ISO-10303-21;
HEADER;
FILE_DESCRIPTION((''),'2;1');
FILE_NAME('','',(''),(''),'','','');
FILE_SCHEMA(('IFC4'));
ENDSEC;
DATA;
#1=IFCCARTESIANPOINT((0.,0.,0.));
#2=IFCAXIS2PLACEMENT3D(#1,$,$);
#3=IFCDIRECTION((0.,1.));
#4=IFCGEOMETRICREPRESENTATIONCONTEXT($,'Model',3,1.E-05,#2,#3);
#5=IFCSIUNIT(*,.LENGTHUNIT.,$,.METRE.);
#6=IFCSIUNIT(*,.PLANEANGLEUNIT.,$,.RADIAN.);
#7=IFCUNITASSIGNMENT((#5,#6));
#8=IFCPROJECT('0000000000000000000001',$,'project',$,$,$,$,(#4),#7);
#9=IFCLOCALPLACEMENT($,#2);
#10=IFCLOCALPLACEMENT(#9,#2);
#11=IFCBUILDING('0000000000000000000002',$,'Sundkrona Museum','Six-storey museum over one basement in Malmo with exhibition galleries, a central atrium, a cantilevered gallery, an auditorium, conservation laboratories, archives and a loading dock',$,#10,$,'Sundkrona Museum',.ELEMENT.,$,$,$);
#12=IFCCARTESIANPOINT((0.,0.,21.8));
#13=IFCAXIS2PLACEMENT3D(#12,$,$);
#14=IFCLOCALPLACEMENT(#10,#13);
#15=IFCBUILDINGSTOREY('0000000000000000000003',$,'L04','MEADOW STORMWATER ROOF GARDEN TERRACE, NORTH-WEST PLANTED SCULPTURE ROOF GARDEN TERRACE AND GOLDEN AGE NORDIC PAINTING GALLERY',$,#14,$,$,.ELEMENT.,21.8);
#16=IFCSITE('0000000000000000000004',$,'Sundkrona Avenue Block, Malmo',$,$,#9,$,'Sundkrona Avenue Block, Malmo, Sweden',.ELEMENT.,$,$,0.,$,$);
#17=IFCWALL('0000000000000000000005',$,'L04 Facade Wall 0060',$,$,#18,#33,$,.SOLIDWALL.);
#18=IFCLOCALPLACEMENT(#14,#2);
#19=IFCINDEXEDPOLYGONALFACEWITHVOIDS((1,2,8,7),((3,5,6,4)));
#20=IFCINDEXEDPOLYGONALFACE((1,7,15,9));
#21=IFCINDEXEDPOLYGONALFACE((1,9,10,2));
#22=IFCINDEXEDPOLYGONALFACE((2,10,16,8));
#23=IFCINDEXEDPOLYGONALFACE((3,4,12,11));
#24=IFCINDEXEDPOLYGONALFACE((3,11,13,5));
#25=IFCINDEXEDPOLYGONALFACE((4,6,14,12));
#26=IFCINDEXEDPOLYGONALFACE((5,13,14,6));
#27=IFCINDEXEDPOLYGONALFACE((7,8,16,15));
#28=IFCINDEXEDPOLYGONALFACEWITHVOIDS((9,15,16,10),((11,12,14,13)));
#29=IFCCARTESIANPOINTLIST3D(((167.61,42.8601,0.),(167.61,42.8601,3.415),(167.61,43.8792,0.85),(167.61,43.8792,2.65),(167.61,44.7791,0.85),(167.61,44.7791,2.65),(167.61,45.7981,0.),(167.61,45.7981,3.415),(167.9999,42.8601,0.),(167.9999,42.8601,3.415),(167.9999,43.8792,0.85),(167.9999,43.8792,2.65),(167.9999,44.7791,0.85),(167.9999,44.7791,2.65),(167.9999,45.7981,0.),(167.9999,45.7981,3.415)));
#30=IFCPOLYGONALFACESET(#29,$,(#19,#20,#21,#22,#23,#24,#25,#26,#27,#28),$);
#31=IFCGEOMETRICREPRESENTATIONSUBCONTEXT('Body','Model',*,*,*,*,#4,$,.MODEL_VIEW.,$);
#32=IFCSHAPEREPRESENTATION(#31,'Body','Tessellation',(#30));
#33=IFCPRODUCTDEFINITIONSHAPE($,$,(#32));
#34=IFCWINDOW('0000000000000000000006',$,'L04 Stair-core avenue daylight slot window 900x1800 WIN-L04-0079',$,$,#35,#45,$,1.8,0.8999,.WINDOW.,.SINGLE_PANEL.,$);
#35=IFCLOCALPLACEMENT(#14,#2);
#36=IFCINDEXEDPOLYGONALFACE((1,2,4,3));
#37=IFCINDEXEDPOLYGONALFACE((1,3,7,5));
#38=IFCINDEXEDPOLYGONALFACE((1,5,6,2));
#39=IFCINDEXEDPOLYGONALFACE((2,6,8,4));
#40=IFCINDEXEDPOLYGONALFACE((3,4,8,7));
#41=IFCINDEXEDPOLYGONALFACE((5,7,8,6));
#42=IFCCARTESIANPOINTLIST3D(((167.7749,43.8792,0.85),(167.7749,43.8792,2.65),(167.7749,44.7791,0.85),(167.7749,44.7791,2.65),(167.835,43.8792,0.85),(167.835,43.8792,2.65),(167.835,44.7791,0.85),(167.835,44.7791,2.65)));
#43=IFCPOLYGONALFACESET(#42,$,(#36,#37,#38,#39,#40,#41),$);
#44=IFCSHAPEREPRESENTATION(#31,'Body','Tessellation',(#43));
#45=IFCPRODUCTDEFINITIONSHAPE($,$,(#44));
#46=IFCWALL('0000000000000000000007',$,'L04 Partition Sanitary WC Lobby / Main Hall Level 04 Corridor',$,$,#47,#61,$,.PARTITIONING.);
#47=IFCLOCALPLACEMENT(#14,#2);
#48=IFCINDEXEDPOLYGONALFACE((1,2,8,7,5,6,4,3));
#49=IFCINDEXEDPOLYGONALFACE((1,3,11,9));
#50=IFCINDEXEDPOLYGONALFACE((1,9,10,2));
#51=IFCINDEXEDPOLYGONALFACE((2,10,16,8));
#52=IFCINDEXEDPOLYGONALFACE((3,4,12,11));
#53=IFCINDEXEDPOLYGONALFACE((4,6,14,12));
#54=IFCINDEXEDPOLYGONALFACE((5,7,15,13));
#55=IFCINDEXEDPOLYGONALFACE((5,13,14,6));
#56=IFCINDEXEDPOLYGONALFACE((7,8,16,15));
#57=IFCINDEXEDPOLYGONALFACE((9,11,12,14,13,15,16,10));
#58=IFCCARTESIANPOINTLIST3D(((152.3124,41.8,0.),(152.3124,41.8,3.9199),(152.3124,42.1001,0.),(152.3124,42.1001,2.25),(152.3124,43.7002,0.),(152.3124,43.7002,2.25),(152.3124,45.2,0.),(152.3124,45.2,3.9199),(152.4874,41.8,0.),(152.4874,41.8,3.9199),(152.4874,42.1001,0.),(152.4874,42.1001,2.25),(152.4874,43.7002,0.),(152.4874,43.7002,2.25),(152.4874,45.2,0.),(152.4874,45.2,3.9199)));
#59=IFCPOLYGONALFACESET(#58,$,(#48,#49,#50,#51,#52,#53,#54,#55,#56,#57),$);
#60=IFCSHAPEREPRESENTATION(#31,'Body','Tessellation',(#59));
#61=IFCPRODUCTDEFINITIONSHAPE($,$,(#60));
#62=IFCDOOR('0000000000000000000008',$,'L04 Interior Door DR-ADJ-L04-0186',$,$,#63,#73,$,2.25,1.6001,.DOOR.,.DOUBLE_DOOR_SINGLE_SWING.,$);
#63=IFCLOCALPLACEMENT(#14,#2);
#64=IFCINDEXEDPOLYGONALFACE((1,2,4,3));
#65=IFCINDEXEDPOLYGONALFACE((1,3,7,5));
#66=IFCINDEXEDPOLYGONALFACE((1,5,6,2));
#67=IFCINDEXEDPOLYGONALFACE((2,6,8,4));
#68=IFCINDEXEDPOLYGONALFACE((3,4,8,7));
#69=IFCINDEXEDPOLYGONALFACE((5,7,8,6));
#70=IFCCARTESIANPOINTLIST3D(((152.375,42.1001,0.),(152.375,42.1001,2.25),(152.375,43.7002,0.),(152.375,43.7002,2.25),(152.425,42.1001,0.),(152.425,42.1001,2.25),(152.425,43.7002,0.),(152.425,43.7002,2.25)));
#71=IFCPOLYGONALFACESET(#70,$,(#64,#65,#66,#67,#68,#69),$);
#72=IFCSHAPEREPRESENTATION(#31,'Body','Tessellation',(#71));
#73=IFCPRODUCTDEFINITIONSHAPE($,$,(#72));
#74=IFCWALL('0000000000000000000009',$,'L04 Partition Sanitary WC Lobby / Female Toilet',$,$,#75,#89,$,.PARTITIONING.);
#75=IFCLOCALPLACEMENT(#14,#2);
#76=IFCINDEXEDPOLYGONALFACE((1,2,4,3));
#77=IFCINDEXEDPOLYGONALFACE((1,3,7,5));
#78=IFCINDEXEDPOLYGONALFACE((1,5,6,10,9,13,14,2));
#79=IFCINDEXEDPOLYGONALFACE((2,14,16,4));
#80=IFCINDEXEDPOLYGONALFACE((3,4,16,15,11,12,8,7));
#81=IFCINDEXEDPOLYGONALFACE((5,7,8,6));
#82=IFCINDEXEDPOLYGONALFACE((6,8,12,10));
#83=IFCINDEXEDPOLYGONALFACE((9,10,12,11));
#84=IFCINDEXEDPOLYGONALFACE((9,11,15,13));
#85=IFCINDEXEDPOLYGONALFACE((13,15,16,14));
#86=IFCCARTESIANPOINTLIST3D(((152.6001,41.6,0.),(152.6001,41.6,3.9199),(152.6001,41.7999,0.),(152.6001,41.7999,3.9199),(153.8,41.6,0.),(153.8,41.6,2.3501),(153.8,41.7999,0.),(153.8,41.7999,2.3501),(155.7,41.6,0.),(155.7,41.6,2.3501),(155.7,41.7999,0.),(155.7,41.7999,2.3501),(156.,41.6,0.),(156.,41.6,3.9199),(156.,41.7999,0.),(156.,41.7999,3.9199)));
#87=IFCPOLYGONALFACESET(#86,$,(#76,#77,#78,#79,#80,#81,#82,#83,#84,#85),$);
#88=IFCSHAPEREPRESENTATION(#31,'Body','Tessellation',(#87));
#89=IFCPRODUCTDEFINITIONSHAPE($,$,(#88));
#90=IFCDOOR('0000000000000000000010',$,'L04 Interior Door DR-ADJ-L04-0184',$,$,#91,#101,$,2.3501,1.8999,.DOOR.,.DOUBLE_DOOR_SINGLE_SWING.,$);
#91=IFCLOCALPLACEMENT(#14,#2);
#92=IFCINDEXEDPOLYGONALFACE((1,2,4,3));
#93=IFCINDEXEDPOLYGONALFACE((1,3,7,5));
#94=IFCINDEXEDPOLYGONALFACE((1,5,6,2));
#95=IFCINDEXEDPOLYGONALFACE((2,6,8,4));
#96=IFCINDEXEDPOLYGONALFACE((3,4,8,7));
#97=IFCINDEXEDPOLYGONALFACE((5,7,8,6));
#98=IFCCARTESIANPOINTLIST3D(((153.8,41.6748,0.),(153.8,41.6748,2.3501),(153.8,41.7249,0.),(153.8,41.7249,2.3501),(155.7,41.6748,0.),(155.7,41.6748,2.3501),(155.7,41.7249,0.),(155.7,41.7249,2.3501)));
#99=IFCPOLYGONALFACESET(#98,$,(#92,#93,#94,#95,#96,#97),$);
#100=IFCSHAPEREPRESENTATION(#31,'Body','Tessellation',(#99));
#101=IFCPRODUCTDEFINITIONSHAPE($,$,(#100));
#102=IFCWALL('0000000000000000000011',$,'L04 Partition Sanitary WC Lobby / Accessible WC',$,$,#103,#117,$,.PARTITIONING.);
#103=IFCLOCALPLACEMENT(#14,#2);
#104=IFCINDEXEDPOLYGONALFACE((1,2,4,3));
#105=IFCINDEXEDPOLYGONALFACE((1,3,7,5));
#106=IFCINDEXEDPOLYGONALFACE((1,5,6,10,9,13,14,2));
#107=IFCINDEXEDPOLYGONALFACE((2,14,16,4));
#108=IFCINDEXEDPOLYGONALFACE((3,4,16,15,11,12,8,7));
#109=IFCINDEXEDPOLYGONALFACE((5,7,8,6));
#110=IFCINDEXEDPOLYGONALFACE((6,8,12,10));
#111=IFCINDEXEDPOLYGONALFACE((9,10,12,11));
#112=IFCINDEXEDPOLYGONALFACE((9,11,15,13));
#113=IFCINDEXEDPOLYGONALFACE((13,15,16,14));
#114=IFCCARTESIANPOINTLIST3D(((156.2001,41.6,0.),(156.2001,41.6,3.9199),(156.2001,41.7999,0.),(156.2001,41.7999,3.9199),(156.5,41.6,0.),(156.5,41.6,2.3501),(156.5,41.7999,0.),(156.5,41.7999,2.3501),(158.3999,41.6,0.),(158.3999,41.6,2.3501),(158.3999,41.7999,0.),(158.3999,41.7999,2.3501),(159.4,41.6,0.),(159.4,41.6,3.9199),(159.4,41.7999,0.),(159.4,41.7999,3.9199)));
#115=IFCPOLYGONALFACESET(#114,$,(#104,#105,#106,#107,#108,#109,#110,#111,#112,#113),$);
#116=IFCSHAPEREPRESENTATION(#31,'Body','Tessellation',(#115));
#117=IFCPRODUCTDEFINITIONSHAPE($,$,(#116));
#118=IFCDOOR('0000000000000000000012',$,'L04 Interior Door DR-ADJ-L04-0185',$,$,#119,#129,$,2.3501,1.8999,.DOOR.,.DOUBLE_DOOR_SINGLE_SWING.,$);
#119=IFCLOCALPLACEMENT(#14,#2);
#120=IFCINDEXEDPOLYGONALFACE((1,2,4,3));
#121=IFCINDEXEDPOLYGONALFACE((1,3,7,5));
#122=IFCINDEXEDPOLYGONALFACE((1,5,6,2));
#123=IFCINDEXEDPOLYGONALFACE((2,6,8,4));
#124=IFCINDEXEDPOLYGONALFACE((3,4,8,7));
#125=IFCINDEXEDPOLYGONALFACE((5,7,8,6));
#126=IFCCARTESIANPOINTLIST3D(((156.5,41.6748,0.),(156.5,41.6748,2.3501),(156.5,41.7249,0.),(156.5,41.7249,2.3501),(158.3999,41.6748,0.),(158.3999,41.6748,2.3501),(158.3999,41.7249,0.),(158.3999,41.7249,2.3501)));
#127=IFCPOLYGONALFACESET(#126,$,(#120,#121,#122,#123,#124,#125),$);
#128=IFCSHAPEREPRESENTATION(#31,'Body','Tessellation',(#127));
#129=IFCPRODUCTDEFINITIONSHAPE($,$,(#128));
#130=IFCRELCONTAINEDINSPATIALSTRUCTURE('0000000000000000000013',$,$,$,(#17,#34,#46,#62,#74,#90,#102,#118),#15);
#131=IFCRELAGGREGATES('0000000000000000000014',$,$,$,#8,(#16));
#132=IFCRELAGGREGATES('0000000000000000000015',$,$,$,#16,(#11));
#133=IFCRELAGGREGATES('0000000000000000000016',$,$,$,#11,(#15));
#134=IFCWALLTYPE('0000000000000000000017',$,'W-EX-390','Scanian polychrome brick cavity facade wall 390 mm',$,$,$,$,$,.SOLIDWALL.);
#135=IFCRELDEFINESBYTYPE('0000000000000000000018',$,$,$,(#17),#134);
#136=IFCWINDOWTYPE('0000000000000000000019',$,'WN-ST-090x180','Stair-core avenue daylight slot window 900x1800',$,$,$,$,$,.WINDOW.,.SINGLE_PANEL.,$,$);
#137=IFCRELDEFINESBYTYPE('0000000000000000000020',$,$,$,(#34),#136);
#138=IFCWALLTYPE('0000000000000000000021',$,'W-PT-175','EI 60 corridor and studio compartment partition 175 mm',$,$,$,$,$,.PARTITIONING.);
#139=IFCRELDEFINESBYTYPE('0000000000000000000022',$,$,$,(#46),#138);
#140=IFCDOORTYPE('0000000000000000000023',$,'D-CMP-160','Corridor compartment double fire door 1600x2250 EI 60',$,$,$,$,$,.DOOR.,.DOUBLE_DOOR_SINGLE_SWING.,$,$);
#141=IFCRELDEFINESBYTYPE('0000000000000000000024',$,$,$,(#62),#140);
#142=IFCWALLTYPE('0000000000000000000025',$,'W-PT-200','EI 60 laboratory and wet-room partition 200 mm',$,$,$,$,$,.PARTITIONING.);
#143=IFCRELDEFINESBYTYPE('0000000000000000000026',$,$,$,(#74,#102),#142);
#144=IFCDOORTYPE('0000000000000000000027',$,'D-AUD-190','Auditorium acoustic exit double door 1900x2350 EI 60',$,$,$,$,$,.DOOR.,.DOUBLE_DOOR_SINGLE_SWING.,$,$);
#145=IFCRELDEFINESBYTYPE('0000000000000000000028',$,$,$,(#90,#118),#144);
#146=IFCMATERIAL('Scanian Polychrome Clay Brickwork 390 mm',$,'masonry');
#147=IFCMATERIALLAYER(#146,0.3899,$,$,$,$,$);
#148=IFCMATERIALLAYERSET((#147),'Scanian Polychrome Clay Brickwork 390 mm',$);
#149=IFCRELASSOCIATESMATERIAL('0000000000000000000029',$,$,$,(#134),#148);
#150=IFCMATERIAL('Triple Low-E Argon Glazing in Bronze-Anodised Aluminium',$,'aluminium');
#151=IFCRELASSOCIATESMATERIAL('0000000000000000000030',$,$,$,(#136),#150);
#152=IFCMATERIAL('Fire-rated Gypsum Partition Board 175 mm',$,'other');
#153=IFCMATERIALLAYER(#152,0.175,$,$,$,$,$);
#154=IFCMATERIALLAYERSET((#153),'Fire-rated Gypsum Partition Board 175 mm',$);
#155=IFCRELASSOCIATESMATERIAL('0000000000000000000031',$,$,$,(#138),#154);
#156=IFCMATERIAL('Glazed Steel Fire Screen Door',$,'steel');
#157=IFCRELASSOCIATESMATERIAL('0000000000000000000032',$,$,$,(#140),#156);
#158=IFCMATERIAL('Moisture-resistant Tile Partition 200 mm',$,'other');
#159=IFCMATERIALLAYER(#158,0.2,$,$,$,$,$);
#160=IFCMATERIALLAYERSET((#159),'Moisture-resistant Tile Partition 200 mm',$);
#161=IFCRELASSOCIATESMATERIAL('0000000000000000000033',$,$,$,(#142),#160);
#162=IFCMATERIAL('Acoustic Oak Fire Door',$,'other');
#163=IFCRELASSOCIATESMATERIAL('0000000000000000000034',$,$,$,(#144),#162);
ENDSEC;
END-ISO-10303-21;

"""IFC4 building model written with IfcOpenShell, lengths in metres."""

from ifc_helpers import new_model, si_unit, direction, frame, frame_2d, origin, place, context, subcontext, project, spatial, rectangle, extrude, material, layer, layer_set, type_object, element, fill, save


model = new_model("IFC4")

# Units and contexts
model_context = context("Model", 3, precision=1e-05, world=origin(), true_north=direction((0.0, 1.0)))
body_context = subcontext(model_context, "Body", "Model", "MODEL_VIEW")
ifc_project = project(units=[si_unit("LENGTHUNIT", "METRE"), si_unit("PLANEANGLEUNIT", "RADIAN")], contexts=[model_context])

# Site, building, storey
site_placement = place(None, origin())
site = spatial("IfcSite", under=ifc_project, at=site_placement, Name="Sundkrona Avenue Block, Malmo", LongName="Sundkrona Avenue Block, Malmo, Sweden", CompositionType="ELEMENT", RefElevation=0.0)
building_placement = place(site_placement, origin())
building = spatial("IfcBuilding", under=site, at=building_placement, Name="Sundkrona Museum", Description="Six-storey museum over one basement in Malmo with exhibition galleries, a central atrium, a cantilevered gallery, an auditorium, conservation laboratories, archives and a loading dock", LongName="Sundkrona Museum", CompositionType="ELEMENT")
storey_placement = place(building_placement, frame((0.0, 0.0, 21.8)))
storey = spatial("IfcBuildingStorey", under=building, at=storey_placement, Name="L04", Description="MEADOW STORMWATER ROOF GARDEN TERRACE, NORTH-WEST PLANTED SCULPTURE ROOF GARDEN TERRACE AND GOLDEN AGE NORDIC PAINTING GALLERY", CompositionType="ELEMENT", Elevation=21.8)

# Wall, opening, window
ifc_material_1 = material(Name="Scanian Polychrome Clay Brickwork 390 mm", Category="masonry")
ifc_layer_1 = layer(ifc_material_1, 0.3899)
ifc_layer_set_1 = layer_set([ifc_layer_1], Name="Scanian Polychrome Clay Brickwork 390 mm")
wall_type_1 = type_object("IfcWallType", Name="W-EX-390", Description="Scanian polychrome brick cavity facade wall 390 mm", PredefinedType="SOLIDWALL", material=ifc_layer_set_1)
wall_1_placement = place(storey_placement, frame((167.8049, 45.7981, 0.0), z_axis=(0.0, 0.0, 1.0), x_axis=(0.0, -1.0, 0.0)))
wall_1 = element("IfcWall", 1, at=wall_1_placement, inside=storey, type_object=wall_type_1, Name="L04 Facade Wall 0060", PredefinedType="SOLIDWALL", context=body_context, shape_type="SweptSolid", body=[
    extrude(rectangle(XDim=2.938, YDim=0.3899, at=frame_2d((1.469, 0.0))), origin(), (0.0, 0.0, 1.0), 3.415),
])
opening_1_placement = place(wall_1_placement, frame((1.019, 0.0, 0.8501)))
opening_1 = element("IfcOpeningElement", 2, at=opening_1_placement, cuts=wall_1, PredefinedType="OPENING", context=body_context, shape_type="SweptSolid", body=[
    extrude(rectangle(XDim=0.8999, YDim=1.8, at=frame_2d((0.45, 0.8999))), frame((0.0, 0.2048, 0.0), z_axis=(0.0, -1.0, 0.0), x_axis=(1.0, 0.0, 0.0)), (0.0, 0.0, 1.0), 0.4099),
])
ifc_material_2 = material(Name="Triple Low-E Argon Glazing in Bronze-Anodised Aluminium", Category="aluminium")
window_type_1 = type_object("IfcWindowType", Name="WN-ST-090x180", Description="Stair-core avenue daylight slot window 900x1800", PartitioningType="SINGLE_PANEL", PredefinedType="WINDOW", material=ifc_material_2)
window_1_placement = place(opening_1_placement, origin())
window_1 = element("IfcWindow", 3, at=window_1_placement, inside=storey, type_object=window_type_1, Name="L04 Stair-core avenue daylight slot window 900x1800 WIN-L04-0079", OverallHeight=1.8, OverallWidth=0.8999, PartitioningType="SINGLE_PANEL", PredefinedType="WINDOW", context=body_context, shape_type="SweptSolid", body=[
    extrude(rectangle(XDim=0.8999, YDim=1.8, at=frame_2d((0.45, 0.8999))), frame((0.0, 0.03, 0.0), z_axis=(0.0, -1.0, 0.0), x_axis=(1.0, 0.0, 0.0)), (0.0, 0.0, 1.0), 0.0601),
])
fill(opening_1, window_1)

# Walls, openings, doors
ifc_material_3 = material(Name="Fire-rated Gypsum Partition Board 175 mm", Category="other")
ifc_layer_2 = layer(ifc_material_3, 0.175)
ifc_layer_set_2 = layer_set([ifc_layer_2], Name="Fire-rated Gypsum Partition Board 175 mm")
wall_type_2 = type_object("IfcWallType", Name="W-PT-175", Description="EI 60 corridor and studio compartment partition 175 mm", PredefinedType="PARTITIONING", material=ifc_layer_set_2)
wall_2_placement = place(storey_placement, frame((152.3999, 41.8, 0.0), z_axis=(0.0, 0.0, 1.0), x_axis=(0.0, 1.0, 0.0)))
wall_2 = element("IfcWall", 4, at=wall_2_placement, inside=storey, type_object=wall_type_2, Name="L04 Partition Sanitary WC Lobby / Main Hall Level 04 Corridor", PredefinedType="PARTITIONING", context=body_context, shape_type="SweptSolid", body=[
    extrude(rectangle(XDim=3.3999, YDim=0.175, at=frame_2d((1.7, 0.0))), origin(), (0.0, 0.0, 1.0), 3.9199),
])
opening_2_placement = place(wall_2_placement, frame((0.3, 0.0, 0.0)))
opening_2 = element("IfcOpeningElement", 5, at=opening_2_placement, cuts=wall_2, PredefinedType="OPENING", context=body_context, shape_type="SweptSolid", body=[
    extrude(rectangle(XDim=1.6001, YDim=2.25, at=frame_2d((0.8, 1.125))), frame((0.0, 0.0974, 0.0), z_axis=(0.0, -1.0, 0.0), x_axis=(1.0, 0.0, 0.0)), (0.0, 0.0, 1.0), 0.1951),
])
ifc_material_4 = material(Name="Glazed Steel Fire Screen Door", Category="steel")
door_type_1 = type_object("IfcDoorType", Name="D-CMP-160", Description="Corridor compartment double fire door 1600x2250 EI 60", OperationType="DOUBLE_DOOR_SINGLE_SWING", PredefinedType="DOOR", material=ifc_material_4)
door_1_placement = place(opening_2_placement, origin())
door_1 = element("IfcDoor", 6, at=door_1_placement, inside=storey, type_object=door_type_1, Name="L04 Interior Door DR-ADJ-L04-0186", OperationType="DOUBLE_DOOR_SINGLE_SWING", OverallHeight=2.25, OverallWidth=1.6001, PredefinedType="DOOR", context=body_context, shape_type="SweptSolid", body=[
    extrude(rectangle(XDim=1.6001, YDim=2.25, at=frame_2d((0.8, 1.125))), frame((0.0, 0.0249, 0.0), z_axis=(0.0, -1.0, 0.0), x_axis=(1.0, 0.0, 0.0)), (0.0, 0.0, 1.0), 0.05),
])
fill(opening_2, door_1)
ifc_material_5 = material(Name="Moisture-resistant Tile Partition 200 mm", Category="other")
ifc_layer_3 = layer(ifc_material_5, 0.2)
ifc_layer_set_3 = layer_set([ifc_layer_3], Name="Moisture-resistant Tile Partition 200 mm")
wall_type_3 = type_object("IfcWallType", Name="W-PT-200", Description="EI 60 laboratory and wet-room partition 200 mm", PredefinedType="PARTITIONING", material=ifc_layer_set_3)
wall_3_placement = place(storey_placement, frame((152.6001, 41.7, 0.0), z_axis=(0.0, 0.0, 1.0), x_axis=(1.0, 0.0, 0.0)))
wall_3 = element("IfcWall", 7, at=wall_3_placement, inside=storey, type_object=wall_type_3, Name="L04 Partition Sanitary WC Lobby / Female Toilet", PredefinedType="PARTITIONING", context=body_context, shape_type="SweptSolid", body=[
    extrude(rectangle(XDim=3.3999, YDim=0.2, at=frame_2d((1.7, 0.0))), origin(), (0.0, 0.0, 1.0), 3.9199),
])
opening_3_placement = place(wall_3_placement, frame((1.2, 0.0, 0.0)))
opening_3 = element("IfcOpeningElement", 8, at=opening_3_placement, cuts=wall_3, PredefinedType="OPENING", context=body_context, shape_type="SweptSolid", body=[
    extrude(rectangle(XDim=1.8999, YDim=2.3501, at=frame_2d((0.95, 1.175))), frame((0.0, 0.1099, 0.0), z_axis=(0.0, -1.0, 0.0), x_axis=(1.0, 0.0, 0.0)), (0.0, 0.0, 1.0), 0.22),
])
ifc_material_6 = material(Name="Acoustic Oak Fire Door", Category="other")
door_type_2 = type_object("IfcDoorType", Name="D-AUD-190", Description="Auditorium acoustic exit double door 1900x2350 EI 60", OperationType="DOUBLE_DOOR_SINGLE_SWING", PredefinedType="DOOR", material=ifc_material_6)
door_2_placement = place(opening_3_placement, origin())
door_2 = element("IfcDoor", 9, at=door_2_placement, inside=storey, type_object=door_type_2, Name="L04 Interior Door DR-ADJ-L04-0184", OperationType="DOUBLE_DOOR_SINGLE_SWING", OverallHeight=2.3501, OverallWidth=1.8999, PredefinedType="DOOR", context=body_context, shape_type="SweptSolid", body=[
    extrude(rectangle(XDim=1.8999, YDim=2.3501, at=frame_2d((0.95, 1.175))), frame((0.0, 0.0249, 0.0), z_axis=(0.0, -1.0, 0.0), x_axis=(1.0, 0.0, 0.0)), (0.0, 0.0, 1.0), 0.05),
])
fill(opening_3, door_2)
wall_4_placement = place(storey_placement, frame((156.2, 41.7, 0.0), z_axis=(0.0, 0.0, 1.0), x_axis=(1.0, 0.0, 0.0)))
wall_4 = element("IfcWall", 10, at=wall_4_placement, inside=storey, type_object=wall_type_3, Name="L04 Partition Sanitary WC Lobby / Accessible WC", PredefinedType="PARTITIONING", context=body_context, shape_type="SweptSolid", body=[
    extrude(rectangle(XDim=3.2, YDim=0.2, at=frame_2d((1.6001, 0.0))), origin(), (0.0, 0.0, 1.0), 3.9199),
])
opening_4_placement = place(wall_4_placement, frame((0.3, 0.0, 0.0)))
opening_4 = element("IfcOpeningElement", 11, at=opening_4_placement, cuts=wall_4, PredefinedType="OPENING", context=body_context, shape_type="SweptSolid", body=[
    extrude(rectangle(XDim=1.8999, YDim=2.3501, at=frame_2d((0.95, 1.175))), frame((0.0, 0.1099, 0.0), z_axis=(0.0, -1.0, 0.0), x_axis=(1.0, 0.0, 0.0)), (0.0, 0.0, 1.0), 0.22),
])
door_3_placement = place(opening_4_placement, origin())
door_3 = element("IfcDoor", 12, at=door_3_placement, inside=storey, type_object=door_type_2, Name="L04 Interior Door DR-ADJ-L04-0185", OperationType="DOUBLE_DOOR_SINGLE_SWING", OverallHeight=2.3501, OverallWidth=1.8999, PredefinedType="DOOR", context=body_context, shape_type="SweptSolid", body=[
    extrude(rectangle(XDim=1.8999, YDim=2.3501, at=frame_2d((0.95, 1.175))), frame((0.0, 0.0249, 0.0), z_axis=(0.0, -1.0, 0.0), x_axis=(1.0, 0.0, 0.0)), (0.0, 0.0, 1.0), 0.05),
])
fill(opening_4, door_3)

save(model, "model.ifc")
